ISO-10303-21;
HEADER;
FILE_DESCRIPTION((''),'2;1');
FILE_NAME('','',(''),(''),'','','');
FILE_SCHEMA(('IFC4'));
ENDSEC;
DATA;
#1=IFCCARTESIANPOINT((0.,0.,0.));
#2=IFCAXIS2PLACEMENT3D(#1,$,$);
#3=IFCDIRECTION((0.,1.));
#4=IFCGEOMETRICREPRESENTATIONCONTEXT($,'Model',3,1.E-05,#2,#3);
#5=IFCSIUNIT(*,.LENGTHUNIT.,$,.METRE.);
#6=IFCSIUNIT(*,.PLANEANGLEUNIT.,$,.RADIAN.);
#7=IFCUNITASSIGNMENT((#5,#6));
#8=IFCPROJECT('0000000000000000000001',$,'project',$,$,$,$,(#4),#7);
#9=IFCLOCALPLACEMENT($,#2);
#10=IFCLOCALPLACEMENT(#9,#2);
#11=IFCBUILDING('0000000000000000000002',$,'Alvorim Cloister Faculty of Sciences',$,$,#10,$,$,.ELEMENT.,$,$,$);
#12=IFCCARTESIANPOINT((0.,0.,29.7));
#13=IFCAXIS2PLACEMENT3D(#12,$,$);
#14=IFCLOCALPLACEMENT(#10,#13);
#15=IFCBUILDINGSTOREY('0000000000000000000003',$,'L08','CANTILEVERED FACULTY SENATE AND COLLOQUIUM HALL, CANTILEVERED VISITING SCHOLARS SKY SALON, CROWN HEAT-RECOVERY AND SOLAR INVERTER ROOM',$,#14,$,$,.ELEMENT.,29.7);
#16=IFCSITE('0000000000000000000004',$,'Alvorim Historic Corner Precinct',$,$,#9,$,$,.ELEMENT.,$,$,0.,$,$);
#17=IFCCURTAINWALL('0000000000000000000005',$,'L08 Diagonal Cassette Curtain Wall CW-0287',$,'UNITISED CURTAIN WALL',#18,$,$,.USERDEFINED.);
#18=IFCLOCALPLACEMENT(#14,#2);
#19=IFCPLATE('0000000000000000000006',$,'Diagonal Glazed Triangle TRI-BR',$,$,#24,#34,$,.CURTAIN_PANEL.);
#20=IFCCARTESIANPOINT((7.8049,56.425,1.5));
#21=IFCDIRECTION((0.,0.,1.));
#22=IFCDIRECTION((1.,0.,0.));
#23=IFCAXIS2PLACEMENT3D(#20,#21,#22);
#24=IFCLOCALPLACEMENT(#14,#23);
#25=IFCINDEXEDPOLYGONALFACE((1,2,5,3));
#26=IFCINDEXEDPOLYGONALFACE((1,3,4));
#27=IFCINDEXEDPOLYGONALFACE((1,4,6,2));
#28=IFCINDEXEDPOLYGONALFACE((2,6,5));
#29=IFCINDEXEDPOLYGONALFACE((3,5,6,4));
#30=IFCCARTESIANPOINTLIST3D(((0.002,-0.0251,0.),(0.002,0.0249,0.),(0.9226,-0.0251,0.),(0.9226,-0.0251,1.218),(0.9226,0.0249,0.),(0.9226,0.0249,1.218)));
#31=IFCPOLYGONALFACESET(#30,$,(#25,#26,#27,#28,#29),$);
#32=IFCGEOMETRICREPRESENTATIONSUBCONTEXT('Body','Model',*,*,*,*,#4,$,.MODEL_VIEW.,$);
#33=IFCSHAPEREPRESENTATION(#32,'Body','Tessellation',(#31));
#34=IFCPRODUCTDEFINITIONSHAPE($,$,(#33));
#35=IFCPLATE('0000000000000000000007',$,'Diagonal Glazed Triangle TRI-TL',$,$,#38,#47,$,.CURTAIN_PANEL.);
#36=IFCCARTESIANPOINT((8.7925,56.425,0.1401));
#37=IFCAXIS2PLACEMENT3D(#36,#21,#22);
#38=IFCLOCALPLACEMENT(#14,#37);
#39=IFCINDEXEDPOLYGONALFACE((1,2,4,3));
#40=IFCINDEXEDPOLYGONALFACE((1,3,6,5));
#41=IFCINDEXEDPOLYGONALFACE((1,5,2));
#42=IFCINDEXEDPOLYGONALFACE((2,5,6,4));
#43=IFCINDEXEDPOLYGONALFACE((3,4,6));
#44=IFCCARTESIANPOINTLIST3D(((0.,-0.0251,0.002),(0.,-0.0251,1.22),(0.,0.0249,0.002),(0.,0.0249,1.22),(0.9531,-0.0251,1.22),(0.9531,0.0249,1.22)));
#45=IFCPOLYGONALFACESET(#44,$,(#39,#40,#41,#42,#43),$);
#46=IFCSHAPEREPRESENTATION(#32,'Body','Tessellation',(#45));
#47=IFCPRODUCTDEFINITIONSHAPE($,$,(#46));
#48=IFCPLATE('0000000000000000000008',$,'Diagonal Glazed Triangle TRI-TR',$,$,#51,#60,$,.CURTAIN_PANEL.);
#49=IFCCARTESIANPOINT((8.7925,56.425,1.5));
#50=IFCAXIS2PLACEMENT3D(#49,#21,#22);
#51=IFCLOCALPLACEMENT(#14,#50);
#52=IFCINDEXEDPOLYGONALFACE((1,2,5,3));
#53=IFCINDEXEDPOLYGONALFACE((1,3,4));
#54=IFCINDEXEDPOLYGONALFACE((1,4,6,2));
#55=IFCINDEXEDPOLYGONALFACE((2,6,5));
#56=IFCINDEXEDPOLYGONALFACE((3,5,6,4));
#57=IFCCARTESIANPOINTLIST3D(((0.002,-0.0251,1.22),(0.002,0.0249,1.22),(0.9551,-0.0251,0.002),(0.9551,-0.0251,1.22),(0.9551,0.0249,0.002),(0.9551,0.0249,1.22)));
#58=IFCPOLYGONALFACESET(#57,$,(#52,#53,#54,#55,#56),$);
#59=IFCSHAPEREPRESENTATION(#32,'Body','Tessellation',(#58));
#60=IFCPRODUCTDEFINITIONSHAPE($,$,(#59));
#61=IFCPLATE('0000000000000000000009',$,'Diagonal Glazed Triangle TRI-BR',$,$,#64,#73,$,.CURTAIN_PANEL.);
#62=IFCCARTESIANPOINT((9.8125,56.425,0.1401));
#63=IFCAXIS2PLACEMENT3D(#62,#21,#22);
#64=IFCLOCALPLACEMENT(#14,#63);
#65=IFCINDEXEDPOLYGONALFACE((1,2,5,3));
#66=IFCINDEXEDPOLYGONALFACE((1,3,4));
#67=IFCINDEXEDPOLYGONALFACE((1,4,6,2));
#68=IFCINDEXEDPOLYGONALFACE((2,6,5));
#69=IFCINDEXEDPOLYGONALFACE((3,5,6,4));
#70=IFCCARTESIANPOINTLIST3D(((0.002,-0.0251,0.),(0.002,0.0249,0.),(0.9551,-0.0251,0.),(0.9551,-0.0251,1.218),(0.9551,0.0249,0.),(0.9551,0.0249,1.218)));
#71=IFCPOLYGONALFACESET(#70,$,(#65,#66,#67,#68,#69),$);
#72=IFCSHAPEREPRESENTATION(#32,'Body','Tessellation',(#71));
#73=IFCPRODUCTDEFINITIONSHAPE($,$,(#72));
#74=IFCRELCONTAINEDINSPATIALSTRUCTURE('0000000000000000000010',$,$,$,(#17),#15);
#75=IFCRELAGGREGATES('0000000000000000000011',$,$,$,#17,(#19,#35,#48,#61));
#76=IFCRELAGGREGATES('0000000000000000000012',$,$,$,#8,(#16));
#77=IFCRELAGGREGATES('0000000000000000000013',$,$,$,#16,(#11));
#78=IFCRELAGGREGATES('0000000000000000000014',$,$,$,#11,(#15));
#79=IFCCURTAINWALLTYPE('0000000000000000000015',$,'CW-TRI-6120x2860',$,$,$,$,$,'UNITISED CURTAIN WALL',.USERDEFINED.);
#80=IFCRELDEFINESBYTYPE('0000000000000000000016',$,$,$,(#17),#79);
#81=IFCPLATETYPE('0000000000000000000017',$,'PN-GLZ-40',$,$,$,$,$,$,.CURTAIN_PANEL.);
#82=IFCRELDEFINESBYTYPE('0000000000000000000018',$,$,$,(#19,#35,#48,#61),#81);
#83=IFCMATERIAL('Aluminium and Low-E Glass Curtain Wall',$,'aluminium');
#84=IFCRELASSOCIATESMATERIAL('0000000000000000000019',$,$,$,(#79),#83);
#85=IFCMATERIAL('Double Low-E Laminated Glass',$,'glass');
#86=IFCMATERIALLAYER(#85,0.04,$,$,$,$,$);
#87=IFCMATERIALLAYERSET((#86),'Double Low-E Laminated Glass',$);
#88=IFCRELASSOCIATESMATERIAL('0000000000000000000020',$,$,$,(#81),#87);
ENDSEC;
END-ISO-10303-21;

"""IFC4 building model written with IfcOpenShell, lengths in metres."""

from ifc_helpers import new_model, si_unit, direction, frame, origin, place, context, subcontext, project, spatial, polyline, outline, extrude, material, layer, layer_set, type_object, element, aggregate, save


model = new_model("IFC4")

# Units and contexts
model_context = context("Model", 3, precision=1e-05, world=origin(), true_north=direction((0.0, 1.0)))
body_context = subcontext(model_context, "Body", "Model", "MODEL_VIEW")
ifc_project = project(units=[si_unit("LENGTHUNIT", "METRE"), si_unit("PLANEANGLEUNIT", "RADIAN")], contexts=[model_context])

# Site, building, storey
site_placement = place(None, origin())
site = spatial("IfcSite", under=ifc_project, at=site_placement, Name="Alvorim Historic Corner Precinct", CompositionType="ELEMENT", RefElevation=0.0)
building_placement = place(site_placement, origin())
building = spatial("IfcBuilding", under=site, at=building_placement, Name="Alvorim Cloister Faculty of Sciences", CompositionType="ELEMENT")
storey_placement = place(building_placement, frame((0.0, 0.0, 29.7)))
storey = spatial("IfcBuildingStorey", under=building, at=storey_placement, Name="L08", Description="CANTILEVERED FACULTY SENATE AND COLLOQUIUM HALL, CANTILEVERED VISITING SCHOLARS SKY SALON, CROWN HEAT-RECOVERY AND SOLAR INVERTER ROOM", CompositionType="ELEMENT", Elevation=29.7)

# Curtain wall, plates
ifc_material_1 = material(Name="Aluminium and Low-E Glass Curtain Wall", Category="aluminium")
curtain_wall_type = type_object("IfcCurtainWallType", Name="CW-TRI-6120x2860", ElementType="UNITISED CURTAIN WALL", PredefinedType="USERDEFINED", material=ifc_material_1)
curtain_wall_placement = place(storey_placement, origin())
curtain_wall = element("IfcCurtainWall", 1, at=curtain_wall_placement, inside=storey, type_object=curtain_wall_type, Name="L08 Diagonal Cassette Curtain Wall CW-0287", ObjectType="UNITISED CURTAIN WALL", PredefinedType="USERDEFINED")
ifc_material_2 = material(Name="Double Low-E Laminated Glass", Category="glass")
ifc_layer_1 = layer(ifc_material_2, 0.04)
ifc_layer_set_1 = layer_set([ifc_layer_1], Name="Double Low-E Laminated Glass")
plate_type = type_object("IfcPlateType", Name="PN-GLZ-40", PredefinedType="CURTAIN_PANEL", material=ifc_layer_set_1)
plate_1_placement = place(storey_placement, frame((7.8049, 56.425, 1.5), z_axis=(0.0, 0.0, 1.0), x_axis=(1.0, 0.0, 0.0)))
plate_1 = element("IfcPlate", 2, at=plate_1_placement, type_object=plate_type, Name="Diagonal Glazed Triangle TRI-BR", PredefinedType="CURTAIN_PANEL", context=body_context, shape_type="SweptSolid", body=[
    extrude(outline(polyline([(0.002, 0.0), (0.9226, 0.0), (0.9226, 1.218), (0.002, 0.0)])), frame((0.0, 0.0249, 0.0), z_axis=(0.0, -1.0, 0.0), x_axis=(1.0, 0.0, 0.0)), (0.0, 0.0, 1.0), 0.05),
])
plate_2_placement = place(storey_placement, frame((8.7925, 56.425, 0.1401), z_axis=(0.0, 0.0, 1.0), x_axis=(1.0, 0.0, 0.0)))
plate_2 = element("IfcPlate", 3, at=plate_2_placement, type_object=plate_type, Name="Diagonal Glazed Triangle TRI-TL", PredefinedType="CURTAIN_PANEL", context=body_context, shape_type="SweptSolid", body=[
    extrude(outline(polyline([(0.9531, 1.22), (0.0, 1.22), (0.0, 0.002), (0.9531, 1.22)])), frame((0.0, 0.0249, 0.0), z_axis=(0.0, -1.0, 0.0), x_axis=(1.0, 0.0, 0.0)), (0.0, 0.0, 1.0), 0.05),
])
plate_3_placement = place(storey_placement, frame((8.7925, 56.425, 1.5), z_axis=(0.0, 0.0, 1.0), x_axis=(1.0, 0.0, 0.0)))
plate_3 = element("IfcPlate", 4, at=plate_3_placement, type_object=plate_type, Name="Diagonal Glazed Triangle TRI-TR", PredefinedType="CURTAIN_PANEL", context=body_context, shape_type="SweptSolid", body=[
    extrude(outline(polyline([(0.9551, 0.002), (0.9551, 1.22), (0.002, 1.22), (0.9551, 0.002)])), frame((0.0, 0.0249, 0.0), z_axis=(0.0, -1.0, 0.0), x_axis=(1.0, 0.0, 0.0)), (0.0, 0.0, 1.0), 0.05),
])
plate_4_placement = place(storey_placement, frame((9.8125, 56.425, 0.1401), z_axis=(0.0, 0.0, 1.0), x_axis=(1.0, 0.0, 0.0)))
plate_4 = element("IfcPlate", 5, at=plate_4_placement, type_object=plate_type, Name="Diagonal Glazed Triangle TRI-BR", PredefinedType="CURTAIN_PANEL", context=body_context, shape_type="SweptSolid", body=[
    extrude(outline(polyline([(0.002, 0.0), (0.9551, 0.0), (0.9551, 1.218), (0.002, 0.0)])), frame((0.0, 0.0249, 0.0), z_axis=(0.0, -1.0, 0.0), x_axis=(1.0, 0.0, 0.0)), (0.0, 0.0, 1.0), 0.05),
])
aggregate(curtain_wall, [plate_1, plate_2, plate_3, plate_4])

save(model, "model.ifc")
